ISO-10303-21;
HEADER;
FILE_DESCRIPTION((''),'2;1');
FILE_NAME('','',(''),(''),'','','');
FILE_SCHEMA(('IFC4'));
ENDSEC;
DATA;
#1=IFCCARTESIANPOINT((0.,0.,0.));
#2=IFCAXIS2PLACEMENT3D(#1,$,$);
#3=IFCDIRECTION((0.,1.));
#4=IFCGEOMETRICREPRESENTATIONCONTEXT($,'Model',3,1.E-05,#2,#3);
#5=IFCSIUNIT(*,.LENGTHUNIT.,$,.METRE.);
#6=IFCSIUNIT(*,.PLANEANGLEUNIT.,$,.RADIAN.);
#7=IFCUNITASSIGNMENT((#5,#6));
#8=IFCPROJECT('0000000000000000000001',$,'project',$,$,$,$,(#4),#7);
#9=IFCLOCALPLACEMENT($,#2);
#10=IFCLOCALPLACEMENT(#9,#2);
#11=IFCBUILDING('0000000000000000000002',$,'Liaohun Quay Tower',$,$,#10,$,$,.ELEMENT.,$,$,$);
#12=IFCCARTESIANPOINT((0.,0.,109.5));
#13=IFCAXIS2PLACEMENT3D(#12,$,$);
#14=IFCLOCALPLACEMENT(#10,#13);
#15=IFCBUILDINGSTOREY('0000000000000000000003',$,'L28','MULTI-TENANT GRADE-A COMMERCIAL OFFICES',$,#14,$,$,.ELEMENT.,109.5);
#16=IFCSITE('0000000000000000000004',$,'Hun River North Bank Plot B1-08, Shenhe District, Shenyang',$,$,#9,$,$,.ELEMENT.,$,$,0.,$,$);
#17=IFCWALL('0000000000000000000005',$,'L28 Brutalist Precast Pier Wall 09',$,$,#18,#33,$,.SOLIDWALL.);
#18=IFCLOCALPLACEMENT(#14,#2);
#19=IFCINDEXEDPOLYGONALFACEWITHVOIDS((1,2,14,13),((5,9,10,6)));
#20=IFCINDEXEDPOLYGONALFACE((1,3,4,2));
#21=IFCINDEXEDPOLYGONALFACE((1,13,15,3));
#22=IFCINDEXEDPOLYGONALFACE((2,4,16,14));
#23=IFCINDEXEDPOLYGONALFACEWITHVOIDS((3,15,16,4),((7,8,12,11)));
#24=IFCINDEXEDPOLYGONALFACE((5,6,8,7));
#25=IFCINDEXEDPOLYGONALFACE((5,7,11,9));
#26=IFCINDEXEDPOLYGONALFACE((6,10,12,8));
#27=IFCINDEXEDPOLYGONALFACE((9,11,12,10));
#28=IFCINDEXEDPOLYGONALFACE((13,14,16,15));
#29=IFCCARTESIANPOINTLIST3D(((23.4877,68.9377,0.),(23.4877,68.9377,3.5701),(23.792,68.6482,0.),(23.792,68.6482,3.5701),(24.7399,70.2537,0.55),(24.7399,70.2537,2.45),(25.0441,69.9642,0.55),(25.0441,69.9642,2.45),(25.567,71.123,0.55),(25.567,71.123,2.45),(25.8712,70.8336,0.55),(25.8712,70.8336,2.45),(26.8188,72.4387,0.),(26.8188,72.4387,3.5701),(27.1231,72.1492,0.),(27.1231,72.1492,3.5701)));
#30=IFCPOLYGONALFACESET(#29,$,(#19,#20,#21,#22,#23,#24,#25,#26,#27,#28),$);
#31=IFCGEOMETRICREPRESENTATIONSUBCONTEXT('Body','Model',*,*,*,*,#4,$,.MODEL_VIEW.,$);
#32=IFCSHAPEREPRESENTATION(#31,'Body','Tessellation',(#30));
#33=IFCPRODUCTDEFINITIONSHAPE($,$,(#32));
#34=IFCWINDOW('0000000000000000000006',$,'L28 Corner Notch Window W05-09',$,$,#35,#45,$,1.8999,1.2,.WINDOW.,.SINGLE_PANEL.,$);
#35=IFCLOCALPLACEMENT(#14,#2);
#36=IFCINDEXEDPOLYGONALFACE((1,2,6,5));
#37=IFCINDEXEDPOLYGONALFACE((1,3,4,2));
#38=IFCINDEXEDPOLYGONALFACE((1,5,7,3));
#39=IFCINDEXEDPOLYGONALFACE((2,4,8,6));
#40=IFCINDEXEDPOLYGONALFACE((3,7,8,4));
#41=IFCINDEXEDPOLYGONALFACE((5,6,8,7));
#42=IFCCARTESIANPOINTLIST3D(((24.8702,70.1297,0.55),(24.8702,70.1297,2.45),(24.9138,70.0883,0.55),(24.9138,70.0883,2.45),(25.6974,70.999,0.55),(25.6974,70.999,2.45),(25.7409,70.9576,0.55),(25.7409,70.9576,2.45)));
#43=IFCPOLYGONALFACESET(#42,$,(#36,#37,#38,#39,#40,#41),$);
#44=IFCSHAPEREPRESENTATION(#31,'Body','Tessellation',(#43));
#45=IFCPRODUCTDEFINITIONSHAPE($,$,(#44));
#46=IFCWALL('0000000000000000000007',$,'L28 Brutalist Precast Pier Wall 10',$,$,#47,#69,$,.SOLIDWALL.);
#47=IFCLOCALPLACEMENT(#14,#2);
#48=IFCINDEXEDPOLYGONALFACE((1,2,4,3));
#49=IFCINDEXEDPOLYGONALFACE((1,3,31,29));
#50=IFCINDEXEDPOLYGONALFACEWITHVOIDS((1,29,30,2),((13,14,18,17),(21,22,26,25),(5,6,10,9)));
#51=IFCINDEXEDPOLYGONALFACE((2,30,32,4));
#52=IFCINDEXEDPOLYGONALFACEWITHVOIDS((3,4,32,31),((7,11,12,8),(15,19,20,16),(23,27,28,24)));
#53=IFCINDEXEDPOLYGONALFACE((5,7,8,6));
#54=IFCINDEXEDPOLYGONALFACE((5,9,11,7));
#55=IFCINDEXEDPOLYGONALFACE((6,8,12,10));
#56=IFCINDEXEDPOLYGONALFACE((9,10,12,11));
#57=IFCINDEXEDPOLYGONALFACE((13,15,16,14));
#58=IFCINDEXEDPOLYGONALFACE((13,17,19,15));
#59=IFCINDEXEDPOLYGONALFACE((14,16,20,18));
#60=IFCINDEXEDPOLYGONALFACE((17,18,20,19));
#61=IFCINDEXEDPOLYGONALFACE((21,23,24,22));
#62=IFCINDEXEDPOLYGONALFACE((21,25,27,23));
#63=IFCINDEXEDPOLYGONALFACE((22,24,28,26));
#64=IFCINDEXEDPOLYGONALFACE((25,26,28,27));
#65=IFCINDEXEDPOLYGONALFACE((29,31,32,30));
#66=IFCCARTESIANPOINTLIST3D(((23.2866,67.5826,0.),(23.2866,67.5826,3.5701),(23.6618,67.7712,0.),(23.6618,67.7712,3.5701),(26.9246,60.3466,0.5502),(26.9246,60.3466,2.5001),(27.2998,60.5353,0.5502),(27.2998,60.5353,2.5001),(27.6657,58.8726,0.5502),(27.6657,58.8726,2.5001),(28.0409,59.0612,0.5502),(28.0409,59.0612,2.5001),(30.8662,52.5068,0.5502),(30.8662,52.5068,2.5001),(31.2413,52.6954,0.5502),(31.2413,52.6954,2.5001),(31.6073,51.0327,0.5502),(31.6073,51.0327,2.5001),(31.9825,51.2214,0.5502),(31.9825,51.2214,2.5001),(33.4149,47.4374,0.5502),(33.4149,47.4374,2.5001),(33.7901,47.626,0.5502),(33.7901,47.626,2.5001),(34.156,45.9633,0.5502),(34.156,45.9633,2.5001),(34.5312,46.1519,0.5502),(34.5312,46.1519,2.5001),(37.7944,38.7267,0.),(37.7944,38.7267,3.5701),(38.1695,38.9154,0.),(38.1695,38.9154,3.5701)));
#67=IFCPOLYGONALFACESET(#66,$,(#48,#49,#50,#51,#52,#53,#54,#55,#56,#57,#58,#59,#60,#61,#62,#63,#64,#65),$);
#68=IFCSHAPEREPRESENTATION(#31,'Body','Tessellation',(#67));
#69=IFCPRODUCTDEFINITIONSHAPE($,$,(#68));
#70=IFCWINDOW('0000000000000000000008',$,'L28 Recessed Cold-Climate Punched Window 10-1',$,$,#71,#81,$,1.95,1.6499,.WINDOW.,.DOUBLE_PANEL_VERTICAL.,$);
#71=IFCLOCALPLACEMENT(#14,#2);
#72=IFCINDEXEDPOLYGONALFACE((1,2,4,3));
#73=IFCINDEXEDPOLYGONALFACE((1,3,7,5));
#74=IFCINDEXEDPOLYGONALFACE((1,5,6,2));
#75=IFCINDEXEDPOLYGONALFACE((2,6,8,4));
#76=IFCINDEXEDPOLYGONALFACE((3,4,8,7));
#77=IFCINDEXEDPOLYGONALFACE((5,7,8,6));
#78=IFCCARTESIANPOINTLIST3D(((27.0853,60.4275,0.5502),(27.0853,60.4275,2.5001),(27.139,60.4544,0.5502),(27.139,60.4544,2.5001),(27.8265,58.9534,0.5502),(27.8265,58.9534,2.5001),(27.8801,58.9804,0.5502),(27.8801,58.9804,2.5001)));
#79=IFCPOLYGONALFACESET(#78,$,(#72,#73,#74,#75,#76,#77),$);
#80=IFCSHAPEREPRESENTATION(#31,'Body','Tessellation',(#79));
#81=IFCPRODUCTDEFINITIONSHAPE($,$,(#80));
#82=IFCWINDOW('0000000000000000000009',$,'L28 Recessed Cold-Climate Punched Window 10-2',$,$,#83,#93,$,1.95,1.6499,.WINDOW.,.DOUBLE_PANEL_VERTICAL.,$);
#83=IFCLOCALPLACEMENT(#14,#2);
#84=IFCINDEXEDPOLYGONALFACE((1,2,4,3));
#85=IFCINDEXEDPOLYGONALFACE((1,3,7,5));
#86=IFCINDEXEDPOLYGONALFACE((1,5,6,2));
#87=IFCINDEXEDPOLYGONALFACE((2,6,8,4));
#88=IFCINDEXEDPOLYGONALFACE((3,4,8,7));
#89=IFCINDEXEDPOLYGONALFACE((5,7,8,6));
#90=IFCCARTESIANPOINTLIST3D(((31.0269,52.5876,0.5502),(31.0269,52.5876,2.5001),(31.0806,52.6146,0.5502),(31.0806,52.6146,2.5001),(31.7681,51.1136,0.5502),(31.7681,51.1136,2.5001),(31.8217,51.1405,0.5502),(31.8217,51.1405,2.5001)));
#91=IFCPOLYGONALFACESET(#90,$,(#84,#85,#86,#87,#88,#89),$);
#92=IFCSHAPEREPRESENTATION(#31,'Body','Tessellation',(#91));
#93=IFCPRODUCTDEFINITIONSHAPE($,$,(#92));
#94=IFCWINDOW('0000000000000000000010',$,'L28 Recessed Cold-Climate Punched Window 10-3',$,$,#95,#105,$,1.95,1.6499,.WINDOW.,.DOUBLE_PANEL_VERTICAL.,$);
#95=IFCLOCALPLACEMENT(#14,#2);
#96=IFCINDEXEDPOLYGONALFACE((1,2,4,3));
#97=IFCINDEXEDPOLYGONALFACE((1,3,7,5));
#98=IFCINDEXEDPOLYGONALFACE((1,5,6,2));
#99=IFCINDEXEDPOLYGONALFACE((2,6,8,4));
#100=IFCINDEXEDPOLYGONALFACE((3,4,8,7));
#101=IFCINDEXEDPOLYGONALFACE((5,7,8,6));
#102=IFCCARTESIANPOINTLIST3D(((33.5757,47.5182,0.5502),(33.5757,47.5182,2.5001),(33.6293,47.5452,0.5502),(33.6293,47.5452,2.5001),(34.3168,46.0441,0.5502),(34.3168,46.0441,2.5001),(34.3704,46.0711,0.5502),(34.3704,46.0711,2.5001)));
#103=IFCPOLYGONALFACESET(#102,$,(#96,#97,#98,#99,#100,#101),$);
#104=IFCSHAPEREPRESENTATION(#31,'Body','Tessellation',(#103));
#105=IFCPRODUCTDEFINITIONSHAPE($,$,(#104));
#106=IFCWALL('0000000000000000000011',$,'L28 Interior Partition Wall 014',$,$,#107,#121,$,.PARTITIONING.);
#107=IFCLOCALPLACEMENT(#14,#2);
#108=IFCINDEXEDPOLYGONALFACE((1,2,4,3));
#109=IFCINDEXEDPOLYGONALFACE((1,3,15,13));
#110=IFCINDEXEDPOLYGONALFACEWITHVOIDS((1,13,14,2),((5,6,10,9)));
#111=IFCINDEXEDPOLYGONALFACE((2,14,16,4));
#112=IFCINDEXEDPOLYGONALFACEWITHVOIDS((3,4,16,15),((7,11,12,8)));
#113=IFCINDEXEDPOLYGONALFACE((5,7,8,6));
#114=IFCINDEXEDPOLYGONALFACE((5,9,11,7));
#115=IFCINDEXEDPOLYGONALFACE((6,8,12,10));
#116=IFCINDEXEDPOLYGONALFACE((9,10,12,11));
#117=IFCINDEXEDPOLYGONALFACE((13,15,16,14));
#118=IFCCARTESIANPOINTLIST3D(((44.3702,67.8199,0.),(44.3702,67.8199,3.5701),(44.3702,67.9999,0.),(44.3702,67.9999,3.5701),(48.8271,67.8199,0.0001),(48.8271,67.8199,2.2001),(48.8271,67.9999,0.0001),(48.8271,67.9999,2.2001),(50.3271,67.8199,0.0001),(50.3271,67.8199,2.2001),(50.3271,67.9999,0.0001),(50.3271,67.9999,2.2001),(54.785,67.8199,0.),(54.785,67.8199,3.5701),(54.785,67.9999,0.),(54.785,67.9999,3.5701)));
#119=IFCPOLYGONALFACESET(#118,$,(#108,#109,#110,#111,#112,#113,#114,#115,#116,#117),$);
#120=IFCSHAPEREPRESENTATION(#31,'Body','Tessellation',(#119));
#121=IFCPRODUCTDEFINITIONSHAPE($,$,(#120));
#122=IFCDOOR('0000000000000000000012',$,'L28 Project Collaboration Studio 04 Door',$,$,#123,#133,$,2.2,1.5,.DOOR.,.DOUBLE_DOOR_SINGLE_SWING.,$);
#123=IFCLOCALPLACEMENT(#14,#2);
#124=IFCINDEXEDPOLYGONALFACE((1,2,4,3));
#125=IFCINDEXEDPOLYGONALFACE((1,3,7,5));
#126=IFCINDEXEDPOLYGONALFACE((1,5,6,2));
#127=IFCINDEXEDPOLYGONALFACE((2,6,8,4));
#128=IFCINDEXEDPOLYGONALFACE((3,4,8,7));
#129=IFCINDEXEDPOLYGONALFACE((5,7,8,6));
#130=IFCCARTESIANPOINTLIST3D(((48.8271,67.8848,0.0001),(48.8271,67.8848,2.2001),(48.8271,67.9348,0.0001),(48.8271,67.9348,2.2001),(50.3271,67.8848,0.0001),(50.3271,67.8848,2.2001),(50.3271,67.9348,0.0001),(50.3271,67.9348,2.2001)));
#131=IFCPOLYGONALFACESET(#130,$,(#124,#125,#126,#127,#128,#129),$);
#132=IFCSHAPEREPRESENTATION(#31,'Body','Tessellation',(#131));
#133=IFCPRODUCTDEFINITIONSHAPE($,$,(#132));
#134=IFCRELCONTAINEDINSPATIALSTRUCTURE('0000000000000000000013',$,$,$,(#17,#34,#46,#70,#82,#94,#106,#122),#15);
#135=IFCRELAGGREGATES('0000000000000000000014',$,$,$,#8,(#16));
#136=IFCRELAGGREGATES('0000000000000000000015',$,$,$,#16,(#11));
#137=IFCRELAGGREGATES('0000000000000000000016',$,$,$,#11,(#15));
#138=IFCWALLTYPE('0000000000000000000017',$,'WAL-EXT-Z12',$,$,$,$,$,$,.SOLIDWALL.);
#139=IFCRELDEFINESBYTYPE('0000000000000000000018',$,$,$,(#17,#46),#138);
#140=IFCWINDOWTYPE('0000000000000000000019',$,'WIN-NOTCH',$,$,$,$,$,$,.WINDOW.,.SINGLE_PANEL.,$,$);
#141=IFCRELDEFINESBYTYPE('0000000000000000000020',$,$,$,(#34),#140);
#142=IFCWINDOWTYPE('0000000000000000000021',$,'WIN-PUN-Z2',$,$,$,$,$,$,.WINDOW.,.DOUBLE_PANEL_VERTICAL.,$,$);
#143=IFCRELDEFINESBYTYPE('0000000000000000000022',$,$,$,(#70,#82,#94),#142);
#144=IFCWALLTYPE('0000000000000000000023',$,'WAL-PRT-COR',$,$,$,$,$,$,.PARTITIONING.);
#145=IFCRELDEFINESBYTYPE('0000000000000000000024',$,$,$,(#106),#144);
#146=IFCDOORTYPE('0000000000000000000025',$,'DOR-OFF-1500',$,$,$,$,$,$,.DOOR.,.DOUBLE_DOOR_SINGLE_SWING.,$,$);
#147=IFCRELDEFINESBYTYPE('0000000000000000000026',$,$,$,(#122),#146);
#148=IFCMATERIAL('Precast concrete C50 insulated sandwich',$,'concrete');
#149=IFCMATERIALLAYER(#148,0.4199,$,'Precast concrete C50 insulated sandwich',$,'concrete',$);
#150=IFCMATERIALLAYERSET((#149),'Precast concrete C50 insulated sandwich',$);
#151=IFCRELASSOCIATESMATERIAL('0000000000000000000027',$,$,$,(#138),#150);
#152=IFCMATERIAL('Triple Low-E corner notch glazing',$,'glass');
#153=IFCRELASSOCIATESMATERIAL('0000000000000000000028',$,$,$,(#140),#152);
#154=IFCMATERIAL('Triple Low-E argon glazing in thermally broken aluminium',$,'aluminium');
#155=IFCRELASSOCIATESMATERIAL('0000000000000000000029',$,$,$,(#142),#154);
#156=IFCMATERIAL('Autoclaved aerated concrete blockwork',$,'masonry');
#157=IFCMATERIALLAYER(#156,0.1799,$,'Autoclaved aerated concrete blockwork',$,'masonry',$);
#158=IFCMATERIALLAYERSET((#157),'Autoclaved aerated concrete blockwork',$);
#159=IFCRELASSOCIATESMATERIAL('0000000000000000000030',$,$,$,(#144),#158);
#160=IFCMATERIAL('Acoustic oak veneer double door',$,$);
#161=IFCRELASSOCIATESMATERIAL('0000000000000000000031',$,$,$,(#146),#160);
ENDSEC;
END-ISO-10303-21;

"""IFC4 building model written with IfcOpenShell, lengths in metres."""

from ifc_helpers import new_model, si_unit, direction, frame, frame_2d, origin, place, context, subcontext, project, spatial, rectangle, extrude, source, transform, mapped, material, layer, layer_set, type_object, element, fill, save


model = new_model("IFC4")

# Units and contexts
model_context = context("Model", 3, precision=1e-05, world=origin(), true_north=direction((0.0, 1.0)))
body_context = subcontext(model_context, "Body", "Model", "MODEL_VIEW")
ifc_project = project(units=[si_unit("LENGTHUNIT", "METRE"), si_unit("PLANEANGLEUNIT", "RADIAN")], contexts=[model_context])

# Site, building, storey
site_placement = place(None, origin())
site = spatial("IfcSite", under=ifc_project, at=site_placement, Name="Hun River North Bank Plot B1-08, Shenhe District, Shenyang", CompositionType="ELEMENT", RefElevation=0.0)
building_placement = place(site_placement, origin())
building = spatial("IfcBuilding", under=site, at=building_placement, Name="Liaohun Quay Tower", CompositionType="ELEMENT")
storey_placement = place(building_placement, frame((0.0, 0.0, 109.5)))
storey = spatial("IfcBuildingStorey", under=building, at=storey_placement, Name="L28", Description="MULTI-TENANT GRADE-A COMMERCIAL OFFICES", CompositionType="ELEMENT", Elevation=109.5)

# Wall, opening, window
ifc_material_1 = material(Name="Precast concrete C50 insulated sandwich", Category="concrete")
ifc_layer_1 = layer(ifc_material_1, 0.4199, Name="Precast concrete C50 insulated sandwich", Category="concrete")
ifc_layer_set_1 = layer_set([ifc_layer_1], Name="Precast concrete C50 insulated sandwich")
wall_type_1 = type_object("IfcWallType", Name="WAL-EXT-Z12", PredefinedType="SOLIDWALL", material=ifc_layer_set_1)
shared_shape_1 = source(origin(), body_context, "Body", "SweptSolid", [
    extrude(rectangle(XDim=1.2, YDim=1.8999, at=frame_2d((0.6001, 0.95))), frame((0.0, 0.22, 0.0), z_axis=(0.0, -1.0, 0.0), x_axis=(1.0, 0.0, 0.0)), (0.0, 0.0, 1.0), 0.4399),
])
ifc_material_2 = material(Name="Triple Low-E corner notch glazing", Category="glass")
window_type_1 = type_object("IfcWindowType", Name="WIN-NOTCH", PartitioningType="SINGLE_PANEL", PredefinedType="WINDOW", material=ifc_material_2)
shared_shape_2 = source(origin(), body_context, "Body", "SweptSolid", [
    extrude(rectangle(XDim=1.2, YDim=1.8999, at=frame_2d((0.6001, 0.95))), frame((0.0, 0.03, 0.0), z_axis=(0.0, -1.0, 0.0), x_axis=(1.0, 0.0, 0.0)), (0.0, 0.0, 1.0), 0.0601),
])
wall_1_placement = place(storey_placement, frame((26.9709, 72.2939, 0.0), z_axis=(0.0, 0.0, 1.0), x_axis=(-0.689307, -0.724469, 0.0)))
wall_1 = element("IfcWall", 1, at=wall_1_placement, inside=storey, type_object=wall_type_1, Name="L28 Brutalist Precast Pier Wall 09", PredefinedType="SOLIDWALL", context=body_context, shape_type="SweptSolid", body=[
    extrude(rectangle(XDim=4.8325, YDim=0.4199, at=frame_2d((2.4163, 0.0))), origin(), (0.0, 0.0, 1.0), 3.5701),
])
opening_1_placement = place(wall_1_placement, frame((1.8159, 0.0, 0.55)))
opening_1 = element("IfcOpeningElement", 2, at=opening_1_placement, cuts=wall_1, PredefinedType="OPENING", context=body_context, shape_type="MappedRepresentation", body=[
    mapped(shared_shape_1, transform((0.0, 0.0, 0.0), x_axis=(1.0, 0.0, 0.0), y_axis=(0.0, 1.0, 0.0), z_axis=(0.0, 0.0, 1.0), scale=1.0)),
])
window_1_placement = place(opening_1_placement, origin())
window_1 = element("IfcWindow", 3, at=window_1_placement, inside=storey, type_object=window_type_1, Name="L28 Corner Notch Window W05-09", OverallHeight=1.8999, OverallWidth=1.2, PartitioningType="SINGLE_PANEL", PredefinedType="WINDOW", context=body_context, shape_type="MappedRepresentation", body=[
    mapped(shared_shape_2, transform((0.0, 0.0, 0.0), x_axis=(1.0, 0.0, 0.0), y_axis=(0.0, 1.0, 0.0), z_axis=(0.0, 0.0, 1.0), scale=1.0)),
])
fill(opening_1, window_1)

# Wall, openings, windows
wall_2_placement = place(storey_placement, frame((23.4741, 67.677, 0.0), z_axis=(0.0, 0.0, 1.0), x_axis=(0.44919, -0.893436, 0.0)))
wall_2 = element("IfcWall", 4, at=wall_2_placement, inside=storey, type_object=wall_type_1, Name="L28 Brutalist Precast Pier Wall 10", PredefinedType="SOLIDWALL", context=body_context, shape_type="SweptSolid", body=[
    extrude(rectangle(XDim=32.2976, YDim=0.4199, at=frame_2d((16.1489, 0.0))), origin(), (0.0, 0.0, 1.0), 3.5701),
])
shared_shape_3 = source(origin(), body_context, "Body", "SweptSolid", [
    extrude(rectangle(XDim=1.6499, YDim=1.95, at=frame_2d((0.825, 0.9751))), frame((0.0, 0.22, 0.0), z_axis=(0.0, -1.0, 0.0), x_axis=(1.0, 0.0, 0.0)), (0.0, 0.0, 1.0), 0.4399),
])
opening_2_placement = place(wall_2_placement, frame((8.0991, 0.0, 0.55)))
opening_2 = element("IfcOpeningElement", 5, at=opening_2_placement, cuts=wall_2, PredefinedType="OPENING", context=body_context, shape_type="MappedRepresentation", body=[
    mapped(shared_shape_3, transform((0.0, 0.0, 0.0), x_axis=(1.0, 0.0, 0.0), y_axis=(0.0, 1.0, 0.0), z_axis=(0.0, 0.0, 1.0), scale=1.0)),
])
opening_3_placement = place(wall_2_placement, frame((16.874, 0.0, 0.55)))
opening_3 = element("IfcOpeningElement", 6, at=opening_3_placement, cuts=wall_2, PredefinedType="OPENING", context=body_context, shape_type="MappedRepresentation", body=[
    mapped(shared_shape_3, transform((0.0, 0.0, 0.0), x_axis=(1.0, 0.0, 0.0), y_axis=(0.0, 1.0, 0.0), z_axis=(0.0, 0.0, 1.0), scale=1.0)),
])
opening_4_placement = place(wall_2_placement, frame((22.5481, 0.0, 0.55)))
opening_4 = element("IfcOpeningElement", 7, at=opening_4_placement, cuts=wall_2, PredefinedType="OPENING", context=body_context, shape_type="MappedRepresentation", body=[
    mapped(shared_shape_3, transform((0.0, 0.0, 0.0), x_axis=(1.0, 0.0, 0.0), y_axis=(0.0, 1.0, 0.0), z_axis=(0.0, 0.0, 1.0), scale=1.0)),
])
ifc_material_3 = material(Name="Triple Low-E argon glazing in thermally broken aluminium", Category="aluminium")
window_type_2 = type_object("IfcWindowType", Name="WIN-PUN-Z2", PartitioningType="DOUBLE_PANEL_VERTICAL", PredefinedType="WINDOW", material=ifc_material_3)
shared_shape_4 = source(origin(), body_context, "Body", "SweptSolid", [
    extrude(rectangle(XDim=1.6499, YDim=1.95, at=frame_2d((0.825, 0.9751))), frame((0.0, 0.03, 0.0), z_axis=(0.0, -1.0, 0.0), x_axis=(1.0, 0.0, 0.0)), (0.0, 0.0, 1.0), 0.0601),
])
window_2_placement = place(opening_2_placement, origin())
window_2 = element("IfcWindow", 8, at=window_2_placement, inside=storey, type_object=window_type_2, Name="L28 Recessed Cold-Climate Punched Window 10-1", OverallHeight=1.95, OverallWidth=1.6499, PartitioningType="DOUBLE_PANEL_VERTICAL", PredefinedType="WINDOW", context=body_context, shape_type="MappedRepresentation", body=[
    mapped(shared_shape_4, transform((0.0, 0.0, 0.0), x_axis=(1.0, 0.0, 0.0), y_axis=(0.0, 1.0, 0.0), z_axis=(0.0, 0.0, 1.0), scale=1.0)),
])
fill(opening_2, window_2)
window_3_placement = place(opening_3_placement, origin())
window_3 = element("IfcWindow", 9, at=window_3_placement, inside=storey, type_object=window_type_2, Name="L28 Recessed Cold-Climate Punched Window 10-2", OverallHeight=1.95, OverallWidth=1.6499, PartitioningType="DOUBLE_PANEL_VERTICAL", PredefinedType="WINDOW", context=body_context, shape_type="MappedRepresentation", body=[
    mapped(shared_shape_4, transform((0.0, 0.0, 0.0), x_axis=(1.0, 0.0, 0.0), y_axis=(0.0, 1.0, 0.0), z_axis=(0.0, 0.0, 1.0), scale=1.0)),
])
fill(opening_3, window_3)
window_4_placement = place(opening_4_placement, origin())
window_4 = element("IfcWindow", 10, at=window_4_placement, inside=storey, type_object=window_type_2, Name="L28 Recessed Cold-Climate Punched Window 10-3", OverallHeight=1.95, OverallWidth=1.6499, PartitioningType="DOUBLE_PANEL_VERTICAL", PredefinedType="WINDOW", context=body_context, shape_type="MappedRepresentation", body=[
    mapped(shared_shape_4, transform((0.0, 0.0, 0.0), x_axis=(1.0, 0.0, 0.0), y_axis=(0.0, 1.0, 0.0), z_axis=(0.0, 0.0, 1.0), scale=1.0)),
])
fill(opening_4, window_4)

# Wall, opening, door
ifc_material_4 = material(Name="Autoclaved aerated concrete blockwork", Category="masonry")
ifc_layer_2 = layer(ifc_material_4, 0.1799, Name="Autoclaved aerated concrete blockwork", Category="masonry")
ifc_layer_set_2 = layer_set([ifc_layer_2], Name="Autoclaved aerated concrete blockwork")
wall_type_2 = type_object("IfcWallType", Name="WAL-PRT-COR", PredefinedType="PARTITIONING", material=ifc_layer_set_2)
wall_3_placement = place(storey_placement, frame((44.3701, 67.9099, 0.0), z_axis=(0.0, 0.0, 1.0), x_axis=(1.0, 0.0, 0.0)))
wall_3 = element("IfcWall", 11, at=wall_3_placement, inside=storey, type_object=wall_type_2, Name="L28 Interior Partition Wall 014", PredefinedType="PARTITIONING", context=body_context, shape_type="SweptSolid", body=[
    extrude(rectangle(XDim=10.4148, YDim=0.1799, at=frame_2d((5.2075, 0.0))), origin(), (0.0, 0.0, 1.0), 3.5701),
])
shared_shape_5 = source(origin(), body_context, "Body", "SweptSolid", [
    extrude(rectangle(XDim=1.5, YDim=2.2, at=frame_2d((0.75, 1.1001))), frame((0.0, 0.0999, 0.0), z_axis=(0.0, -1.0, 0.0), x_axis=(1.0, 0.0, 0.0)), (0.0, 0.0, 1.0), 0.2),
])
opening_5_placement = place(wall_3_placement, frame((4.457, 0.0, 0.0)))
opening_5 = element("IfcOpeningElement", 12, at=opening_5_placement, cuts=wall_3, PredefinedType="OPENING", context=body_context, shape_type="MappedRepresentation", body=[
    mapped(shared_shape_5, transform((0.0, 0.0, 0.0), x_axis=(1.0, 0.0, 0.0), y_axis=(0.0, 1.0, 0.0), z_axis=(0.0, 0.0, 1.0), scale=1.0)),
])
ifc_material_5 = material(Name="Acoustic oak veneer double door")
door_type_1 = type_object("IfcDoorType", Name="DOR-OFF-1500", OperationType="DOUBLE_DOOR_SINGLE_SWING", PredefinedType="DOOR", material=ifc_material_5)
shared_shape_6 = source(origin(), body_context, "Body", "SweptSolid", [
    extrude(rectangle(XDim=1.5, YDim=2.2, at=frame_2d((0.75, 1.1001))), frame((0.0, 0.0249, 0.0), z_axis=(0.0, -1.0, 0.0), x_axis=(1.0, 0.0, 0.0)), (0.0, 0.0, 1.0), 0.05),
])
door_1_placement = place(opening_5_placement, origin())
door_1 = element("IfcDoor", 13, at=door_1_placement, inside=storey, type_object=door_type_1, Name="L28 Project Collaboration Studio 04 Door", OperationType="DOUBLE_DOOR_SINGLE_SWING", OverallHeight=2.2, OverallWidth=1.5, PredefinedType="DOOR", context=body_context, shape_type="MappedRepresentation", body=[
    mapped(shared_shape_6, transform((0.0, 0.0, 0.0), x_axis=(1.0, 0.0, 0.0), y_axis=(0.0, 1.0, 0.0), z_axis=(0.0, 0.0, 1.0), scale=1.0)),
])
fill(opening_5, door_1)

save(model, "model.ifc")
